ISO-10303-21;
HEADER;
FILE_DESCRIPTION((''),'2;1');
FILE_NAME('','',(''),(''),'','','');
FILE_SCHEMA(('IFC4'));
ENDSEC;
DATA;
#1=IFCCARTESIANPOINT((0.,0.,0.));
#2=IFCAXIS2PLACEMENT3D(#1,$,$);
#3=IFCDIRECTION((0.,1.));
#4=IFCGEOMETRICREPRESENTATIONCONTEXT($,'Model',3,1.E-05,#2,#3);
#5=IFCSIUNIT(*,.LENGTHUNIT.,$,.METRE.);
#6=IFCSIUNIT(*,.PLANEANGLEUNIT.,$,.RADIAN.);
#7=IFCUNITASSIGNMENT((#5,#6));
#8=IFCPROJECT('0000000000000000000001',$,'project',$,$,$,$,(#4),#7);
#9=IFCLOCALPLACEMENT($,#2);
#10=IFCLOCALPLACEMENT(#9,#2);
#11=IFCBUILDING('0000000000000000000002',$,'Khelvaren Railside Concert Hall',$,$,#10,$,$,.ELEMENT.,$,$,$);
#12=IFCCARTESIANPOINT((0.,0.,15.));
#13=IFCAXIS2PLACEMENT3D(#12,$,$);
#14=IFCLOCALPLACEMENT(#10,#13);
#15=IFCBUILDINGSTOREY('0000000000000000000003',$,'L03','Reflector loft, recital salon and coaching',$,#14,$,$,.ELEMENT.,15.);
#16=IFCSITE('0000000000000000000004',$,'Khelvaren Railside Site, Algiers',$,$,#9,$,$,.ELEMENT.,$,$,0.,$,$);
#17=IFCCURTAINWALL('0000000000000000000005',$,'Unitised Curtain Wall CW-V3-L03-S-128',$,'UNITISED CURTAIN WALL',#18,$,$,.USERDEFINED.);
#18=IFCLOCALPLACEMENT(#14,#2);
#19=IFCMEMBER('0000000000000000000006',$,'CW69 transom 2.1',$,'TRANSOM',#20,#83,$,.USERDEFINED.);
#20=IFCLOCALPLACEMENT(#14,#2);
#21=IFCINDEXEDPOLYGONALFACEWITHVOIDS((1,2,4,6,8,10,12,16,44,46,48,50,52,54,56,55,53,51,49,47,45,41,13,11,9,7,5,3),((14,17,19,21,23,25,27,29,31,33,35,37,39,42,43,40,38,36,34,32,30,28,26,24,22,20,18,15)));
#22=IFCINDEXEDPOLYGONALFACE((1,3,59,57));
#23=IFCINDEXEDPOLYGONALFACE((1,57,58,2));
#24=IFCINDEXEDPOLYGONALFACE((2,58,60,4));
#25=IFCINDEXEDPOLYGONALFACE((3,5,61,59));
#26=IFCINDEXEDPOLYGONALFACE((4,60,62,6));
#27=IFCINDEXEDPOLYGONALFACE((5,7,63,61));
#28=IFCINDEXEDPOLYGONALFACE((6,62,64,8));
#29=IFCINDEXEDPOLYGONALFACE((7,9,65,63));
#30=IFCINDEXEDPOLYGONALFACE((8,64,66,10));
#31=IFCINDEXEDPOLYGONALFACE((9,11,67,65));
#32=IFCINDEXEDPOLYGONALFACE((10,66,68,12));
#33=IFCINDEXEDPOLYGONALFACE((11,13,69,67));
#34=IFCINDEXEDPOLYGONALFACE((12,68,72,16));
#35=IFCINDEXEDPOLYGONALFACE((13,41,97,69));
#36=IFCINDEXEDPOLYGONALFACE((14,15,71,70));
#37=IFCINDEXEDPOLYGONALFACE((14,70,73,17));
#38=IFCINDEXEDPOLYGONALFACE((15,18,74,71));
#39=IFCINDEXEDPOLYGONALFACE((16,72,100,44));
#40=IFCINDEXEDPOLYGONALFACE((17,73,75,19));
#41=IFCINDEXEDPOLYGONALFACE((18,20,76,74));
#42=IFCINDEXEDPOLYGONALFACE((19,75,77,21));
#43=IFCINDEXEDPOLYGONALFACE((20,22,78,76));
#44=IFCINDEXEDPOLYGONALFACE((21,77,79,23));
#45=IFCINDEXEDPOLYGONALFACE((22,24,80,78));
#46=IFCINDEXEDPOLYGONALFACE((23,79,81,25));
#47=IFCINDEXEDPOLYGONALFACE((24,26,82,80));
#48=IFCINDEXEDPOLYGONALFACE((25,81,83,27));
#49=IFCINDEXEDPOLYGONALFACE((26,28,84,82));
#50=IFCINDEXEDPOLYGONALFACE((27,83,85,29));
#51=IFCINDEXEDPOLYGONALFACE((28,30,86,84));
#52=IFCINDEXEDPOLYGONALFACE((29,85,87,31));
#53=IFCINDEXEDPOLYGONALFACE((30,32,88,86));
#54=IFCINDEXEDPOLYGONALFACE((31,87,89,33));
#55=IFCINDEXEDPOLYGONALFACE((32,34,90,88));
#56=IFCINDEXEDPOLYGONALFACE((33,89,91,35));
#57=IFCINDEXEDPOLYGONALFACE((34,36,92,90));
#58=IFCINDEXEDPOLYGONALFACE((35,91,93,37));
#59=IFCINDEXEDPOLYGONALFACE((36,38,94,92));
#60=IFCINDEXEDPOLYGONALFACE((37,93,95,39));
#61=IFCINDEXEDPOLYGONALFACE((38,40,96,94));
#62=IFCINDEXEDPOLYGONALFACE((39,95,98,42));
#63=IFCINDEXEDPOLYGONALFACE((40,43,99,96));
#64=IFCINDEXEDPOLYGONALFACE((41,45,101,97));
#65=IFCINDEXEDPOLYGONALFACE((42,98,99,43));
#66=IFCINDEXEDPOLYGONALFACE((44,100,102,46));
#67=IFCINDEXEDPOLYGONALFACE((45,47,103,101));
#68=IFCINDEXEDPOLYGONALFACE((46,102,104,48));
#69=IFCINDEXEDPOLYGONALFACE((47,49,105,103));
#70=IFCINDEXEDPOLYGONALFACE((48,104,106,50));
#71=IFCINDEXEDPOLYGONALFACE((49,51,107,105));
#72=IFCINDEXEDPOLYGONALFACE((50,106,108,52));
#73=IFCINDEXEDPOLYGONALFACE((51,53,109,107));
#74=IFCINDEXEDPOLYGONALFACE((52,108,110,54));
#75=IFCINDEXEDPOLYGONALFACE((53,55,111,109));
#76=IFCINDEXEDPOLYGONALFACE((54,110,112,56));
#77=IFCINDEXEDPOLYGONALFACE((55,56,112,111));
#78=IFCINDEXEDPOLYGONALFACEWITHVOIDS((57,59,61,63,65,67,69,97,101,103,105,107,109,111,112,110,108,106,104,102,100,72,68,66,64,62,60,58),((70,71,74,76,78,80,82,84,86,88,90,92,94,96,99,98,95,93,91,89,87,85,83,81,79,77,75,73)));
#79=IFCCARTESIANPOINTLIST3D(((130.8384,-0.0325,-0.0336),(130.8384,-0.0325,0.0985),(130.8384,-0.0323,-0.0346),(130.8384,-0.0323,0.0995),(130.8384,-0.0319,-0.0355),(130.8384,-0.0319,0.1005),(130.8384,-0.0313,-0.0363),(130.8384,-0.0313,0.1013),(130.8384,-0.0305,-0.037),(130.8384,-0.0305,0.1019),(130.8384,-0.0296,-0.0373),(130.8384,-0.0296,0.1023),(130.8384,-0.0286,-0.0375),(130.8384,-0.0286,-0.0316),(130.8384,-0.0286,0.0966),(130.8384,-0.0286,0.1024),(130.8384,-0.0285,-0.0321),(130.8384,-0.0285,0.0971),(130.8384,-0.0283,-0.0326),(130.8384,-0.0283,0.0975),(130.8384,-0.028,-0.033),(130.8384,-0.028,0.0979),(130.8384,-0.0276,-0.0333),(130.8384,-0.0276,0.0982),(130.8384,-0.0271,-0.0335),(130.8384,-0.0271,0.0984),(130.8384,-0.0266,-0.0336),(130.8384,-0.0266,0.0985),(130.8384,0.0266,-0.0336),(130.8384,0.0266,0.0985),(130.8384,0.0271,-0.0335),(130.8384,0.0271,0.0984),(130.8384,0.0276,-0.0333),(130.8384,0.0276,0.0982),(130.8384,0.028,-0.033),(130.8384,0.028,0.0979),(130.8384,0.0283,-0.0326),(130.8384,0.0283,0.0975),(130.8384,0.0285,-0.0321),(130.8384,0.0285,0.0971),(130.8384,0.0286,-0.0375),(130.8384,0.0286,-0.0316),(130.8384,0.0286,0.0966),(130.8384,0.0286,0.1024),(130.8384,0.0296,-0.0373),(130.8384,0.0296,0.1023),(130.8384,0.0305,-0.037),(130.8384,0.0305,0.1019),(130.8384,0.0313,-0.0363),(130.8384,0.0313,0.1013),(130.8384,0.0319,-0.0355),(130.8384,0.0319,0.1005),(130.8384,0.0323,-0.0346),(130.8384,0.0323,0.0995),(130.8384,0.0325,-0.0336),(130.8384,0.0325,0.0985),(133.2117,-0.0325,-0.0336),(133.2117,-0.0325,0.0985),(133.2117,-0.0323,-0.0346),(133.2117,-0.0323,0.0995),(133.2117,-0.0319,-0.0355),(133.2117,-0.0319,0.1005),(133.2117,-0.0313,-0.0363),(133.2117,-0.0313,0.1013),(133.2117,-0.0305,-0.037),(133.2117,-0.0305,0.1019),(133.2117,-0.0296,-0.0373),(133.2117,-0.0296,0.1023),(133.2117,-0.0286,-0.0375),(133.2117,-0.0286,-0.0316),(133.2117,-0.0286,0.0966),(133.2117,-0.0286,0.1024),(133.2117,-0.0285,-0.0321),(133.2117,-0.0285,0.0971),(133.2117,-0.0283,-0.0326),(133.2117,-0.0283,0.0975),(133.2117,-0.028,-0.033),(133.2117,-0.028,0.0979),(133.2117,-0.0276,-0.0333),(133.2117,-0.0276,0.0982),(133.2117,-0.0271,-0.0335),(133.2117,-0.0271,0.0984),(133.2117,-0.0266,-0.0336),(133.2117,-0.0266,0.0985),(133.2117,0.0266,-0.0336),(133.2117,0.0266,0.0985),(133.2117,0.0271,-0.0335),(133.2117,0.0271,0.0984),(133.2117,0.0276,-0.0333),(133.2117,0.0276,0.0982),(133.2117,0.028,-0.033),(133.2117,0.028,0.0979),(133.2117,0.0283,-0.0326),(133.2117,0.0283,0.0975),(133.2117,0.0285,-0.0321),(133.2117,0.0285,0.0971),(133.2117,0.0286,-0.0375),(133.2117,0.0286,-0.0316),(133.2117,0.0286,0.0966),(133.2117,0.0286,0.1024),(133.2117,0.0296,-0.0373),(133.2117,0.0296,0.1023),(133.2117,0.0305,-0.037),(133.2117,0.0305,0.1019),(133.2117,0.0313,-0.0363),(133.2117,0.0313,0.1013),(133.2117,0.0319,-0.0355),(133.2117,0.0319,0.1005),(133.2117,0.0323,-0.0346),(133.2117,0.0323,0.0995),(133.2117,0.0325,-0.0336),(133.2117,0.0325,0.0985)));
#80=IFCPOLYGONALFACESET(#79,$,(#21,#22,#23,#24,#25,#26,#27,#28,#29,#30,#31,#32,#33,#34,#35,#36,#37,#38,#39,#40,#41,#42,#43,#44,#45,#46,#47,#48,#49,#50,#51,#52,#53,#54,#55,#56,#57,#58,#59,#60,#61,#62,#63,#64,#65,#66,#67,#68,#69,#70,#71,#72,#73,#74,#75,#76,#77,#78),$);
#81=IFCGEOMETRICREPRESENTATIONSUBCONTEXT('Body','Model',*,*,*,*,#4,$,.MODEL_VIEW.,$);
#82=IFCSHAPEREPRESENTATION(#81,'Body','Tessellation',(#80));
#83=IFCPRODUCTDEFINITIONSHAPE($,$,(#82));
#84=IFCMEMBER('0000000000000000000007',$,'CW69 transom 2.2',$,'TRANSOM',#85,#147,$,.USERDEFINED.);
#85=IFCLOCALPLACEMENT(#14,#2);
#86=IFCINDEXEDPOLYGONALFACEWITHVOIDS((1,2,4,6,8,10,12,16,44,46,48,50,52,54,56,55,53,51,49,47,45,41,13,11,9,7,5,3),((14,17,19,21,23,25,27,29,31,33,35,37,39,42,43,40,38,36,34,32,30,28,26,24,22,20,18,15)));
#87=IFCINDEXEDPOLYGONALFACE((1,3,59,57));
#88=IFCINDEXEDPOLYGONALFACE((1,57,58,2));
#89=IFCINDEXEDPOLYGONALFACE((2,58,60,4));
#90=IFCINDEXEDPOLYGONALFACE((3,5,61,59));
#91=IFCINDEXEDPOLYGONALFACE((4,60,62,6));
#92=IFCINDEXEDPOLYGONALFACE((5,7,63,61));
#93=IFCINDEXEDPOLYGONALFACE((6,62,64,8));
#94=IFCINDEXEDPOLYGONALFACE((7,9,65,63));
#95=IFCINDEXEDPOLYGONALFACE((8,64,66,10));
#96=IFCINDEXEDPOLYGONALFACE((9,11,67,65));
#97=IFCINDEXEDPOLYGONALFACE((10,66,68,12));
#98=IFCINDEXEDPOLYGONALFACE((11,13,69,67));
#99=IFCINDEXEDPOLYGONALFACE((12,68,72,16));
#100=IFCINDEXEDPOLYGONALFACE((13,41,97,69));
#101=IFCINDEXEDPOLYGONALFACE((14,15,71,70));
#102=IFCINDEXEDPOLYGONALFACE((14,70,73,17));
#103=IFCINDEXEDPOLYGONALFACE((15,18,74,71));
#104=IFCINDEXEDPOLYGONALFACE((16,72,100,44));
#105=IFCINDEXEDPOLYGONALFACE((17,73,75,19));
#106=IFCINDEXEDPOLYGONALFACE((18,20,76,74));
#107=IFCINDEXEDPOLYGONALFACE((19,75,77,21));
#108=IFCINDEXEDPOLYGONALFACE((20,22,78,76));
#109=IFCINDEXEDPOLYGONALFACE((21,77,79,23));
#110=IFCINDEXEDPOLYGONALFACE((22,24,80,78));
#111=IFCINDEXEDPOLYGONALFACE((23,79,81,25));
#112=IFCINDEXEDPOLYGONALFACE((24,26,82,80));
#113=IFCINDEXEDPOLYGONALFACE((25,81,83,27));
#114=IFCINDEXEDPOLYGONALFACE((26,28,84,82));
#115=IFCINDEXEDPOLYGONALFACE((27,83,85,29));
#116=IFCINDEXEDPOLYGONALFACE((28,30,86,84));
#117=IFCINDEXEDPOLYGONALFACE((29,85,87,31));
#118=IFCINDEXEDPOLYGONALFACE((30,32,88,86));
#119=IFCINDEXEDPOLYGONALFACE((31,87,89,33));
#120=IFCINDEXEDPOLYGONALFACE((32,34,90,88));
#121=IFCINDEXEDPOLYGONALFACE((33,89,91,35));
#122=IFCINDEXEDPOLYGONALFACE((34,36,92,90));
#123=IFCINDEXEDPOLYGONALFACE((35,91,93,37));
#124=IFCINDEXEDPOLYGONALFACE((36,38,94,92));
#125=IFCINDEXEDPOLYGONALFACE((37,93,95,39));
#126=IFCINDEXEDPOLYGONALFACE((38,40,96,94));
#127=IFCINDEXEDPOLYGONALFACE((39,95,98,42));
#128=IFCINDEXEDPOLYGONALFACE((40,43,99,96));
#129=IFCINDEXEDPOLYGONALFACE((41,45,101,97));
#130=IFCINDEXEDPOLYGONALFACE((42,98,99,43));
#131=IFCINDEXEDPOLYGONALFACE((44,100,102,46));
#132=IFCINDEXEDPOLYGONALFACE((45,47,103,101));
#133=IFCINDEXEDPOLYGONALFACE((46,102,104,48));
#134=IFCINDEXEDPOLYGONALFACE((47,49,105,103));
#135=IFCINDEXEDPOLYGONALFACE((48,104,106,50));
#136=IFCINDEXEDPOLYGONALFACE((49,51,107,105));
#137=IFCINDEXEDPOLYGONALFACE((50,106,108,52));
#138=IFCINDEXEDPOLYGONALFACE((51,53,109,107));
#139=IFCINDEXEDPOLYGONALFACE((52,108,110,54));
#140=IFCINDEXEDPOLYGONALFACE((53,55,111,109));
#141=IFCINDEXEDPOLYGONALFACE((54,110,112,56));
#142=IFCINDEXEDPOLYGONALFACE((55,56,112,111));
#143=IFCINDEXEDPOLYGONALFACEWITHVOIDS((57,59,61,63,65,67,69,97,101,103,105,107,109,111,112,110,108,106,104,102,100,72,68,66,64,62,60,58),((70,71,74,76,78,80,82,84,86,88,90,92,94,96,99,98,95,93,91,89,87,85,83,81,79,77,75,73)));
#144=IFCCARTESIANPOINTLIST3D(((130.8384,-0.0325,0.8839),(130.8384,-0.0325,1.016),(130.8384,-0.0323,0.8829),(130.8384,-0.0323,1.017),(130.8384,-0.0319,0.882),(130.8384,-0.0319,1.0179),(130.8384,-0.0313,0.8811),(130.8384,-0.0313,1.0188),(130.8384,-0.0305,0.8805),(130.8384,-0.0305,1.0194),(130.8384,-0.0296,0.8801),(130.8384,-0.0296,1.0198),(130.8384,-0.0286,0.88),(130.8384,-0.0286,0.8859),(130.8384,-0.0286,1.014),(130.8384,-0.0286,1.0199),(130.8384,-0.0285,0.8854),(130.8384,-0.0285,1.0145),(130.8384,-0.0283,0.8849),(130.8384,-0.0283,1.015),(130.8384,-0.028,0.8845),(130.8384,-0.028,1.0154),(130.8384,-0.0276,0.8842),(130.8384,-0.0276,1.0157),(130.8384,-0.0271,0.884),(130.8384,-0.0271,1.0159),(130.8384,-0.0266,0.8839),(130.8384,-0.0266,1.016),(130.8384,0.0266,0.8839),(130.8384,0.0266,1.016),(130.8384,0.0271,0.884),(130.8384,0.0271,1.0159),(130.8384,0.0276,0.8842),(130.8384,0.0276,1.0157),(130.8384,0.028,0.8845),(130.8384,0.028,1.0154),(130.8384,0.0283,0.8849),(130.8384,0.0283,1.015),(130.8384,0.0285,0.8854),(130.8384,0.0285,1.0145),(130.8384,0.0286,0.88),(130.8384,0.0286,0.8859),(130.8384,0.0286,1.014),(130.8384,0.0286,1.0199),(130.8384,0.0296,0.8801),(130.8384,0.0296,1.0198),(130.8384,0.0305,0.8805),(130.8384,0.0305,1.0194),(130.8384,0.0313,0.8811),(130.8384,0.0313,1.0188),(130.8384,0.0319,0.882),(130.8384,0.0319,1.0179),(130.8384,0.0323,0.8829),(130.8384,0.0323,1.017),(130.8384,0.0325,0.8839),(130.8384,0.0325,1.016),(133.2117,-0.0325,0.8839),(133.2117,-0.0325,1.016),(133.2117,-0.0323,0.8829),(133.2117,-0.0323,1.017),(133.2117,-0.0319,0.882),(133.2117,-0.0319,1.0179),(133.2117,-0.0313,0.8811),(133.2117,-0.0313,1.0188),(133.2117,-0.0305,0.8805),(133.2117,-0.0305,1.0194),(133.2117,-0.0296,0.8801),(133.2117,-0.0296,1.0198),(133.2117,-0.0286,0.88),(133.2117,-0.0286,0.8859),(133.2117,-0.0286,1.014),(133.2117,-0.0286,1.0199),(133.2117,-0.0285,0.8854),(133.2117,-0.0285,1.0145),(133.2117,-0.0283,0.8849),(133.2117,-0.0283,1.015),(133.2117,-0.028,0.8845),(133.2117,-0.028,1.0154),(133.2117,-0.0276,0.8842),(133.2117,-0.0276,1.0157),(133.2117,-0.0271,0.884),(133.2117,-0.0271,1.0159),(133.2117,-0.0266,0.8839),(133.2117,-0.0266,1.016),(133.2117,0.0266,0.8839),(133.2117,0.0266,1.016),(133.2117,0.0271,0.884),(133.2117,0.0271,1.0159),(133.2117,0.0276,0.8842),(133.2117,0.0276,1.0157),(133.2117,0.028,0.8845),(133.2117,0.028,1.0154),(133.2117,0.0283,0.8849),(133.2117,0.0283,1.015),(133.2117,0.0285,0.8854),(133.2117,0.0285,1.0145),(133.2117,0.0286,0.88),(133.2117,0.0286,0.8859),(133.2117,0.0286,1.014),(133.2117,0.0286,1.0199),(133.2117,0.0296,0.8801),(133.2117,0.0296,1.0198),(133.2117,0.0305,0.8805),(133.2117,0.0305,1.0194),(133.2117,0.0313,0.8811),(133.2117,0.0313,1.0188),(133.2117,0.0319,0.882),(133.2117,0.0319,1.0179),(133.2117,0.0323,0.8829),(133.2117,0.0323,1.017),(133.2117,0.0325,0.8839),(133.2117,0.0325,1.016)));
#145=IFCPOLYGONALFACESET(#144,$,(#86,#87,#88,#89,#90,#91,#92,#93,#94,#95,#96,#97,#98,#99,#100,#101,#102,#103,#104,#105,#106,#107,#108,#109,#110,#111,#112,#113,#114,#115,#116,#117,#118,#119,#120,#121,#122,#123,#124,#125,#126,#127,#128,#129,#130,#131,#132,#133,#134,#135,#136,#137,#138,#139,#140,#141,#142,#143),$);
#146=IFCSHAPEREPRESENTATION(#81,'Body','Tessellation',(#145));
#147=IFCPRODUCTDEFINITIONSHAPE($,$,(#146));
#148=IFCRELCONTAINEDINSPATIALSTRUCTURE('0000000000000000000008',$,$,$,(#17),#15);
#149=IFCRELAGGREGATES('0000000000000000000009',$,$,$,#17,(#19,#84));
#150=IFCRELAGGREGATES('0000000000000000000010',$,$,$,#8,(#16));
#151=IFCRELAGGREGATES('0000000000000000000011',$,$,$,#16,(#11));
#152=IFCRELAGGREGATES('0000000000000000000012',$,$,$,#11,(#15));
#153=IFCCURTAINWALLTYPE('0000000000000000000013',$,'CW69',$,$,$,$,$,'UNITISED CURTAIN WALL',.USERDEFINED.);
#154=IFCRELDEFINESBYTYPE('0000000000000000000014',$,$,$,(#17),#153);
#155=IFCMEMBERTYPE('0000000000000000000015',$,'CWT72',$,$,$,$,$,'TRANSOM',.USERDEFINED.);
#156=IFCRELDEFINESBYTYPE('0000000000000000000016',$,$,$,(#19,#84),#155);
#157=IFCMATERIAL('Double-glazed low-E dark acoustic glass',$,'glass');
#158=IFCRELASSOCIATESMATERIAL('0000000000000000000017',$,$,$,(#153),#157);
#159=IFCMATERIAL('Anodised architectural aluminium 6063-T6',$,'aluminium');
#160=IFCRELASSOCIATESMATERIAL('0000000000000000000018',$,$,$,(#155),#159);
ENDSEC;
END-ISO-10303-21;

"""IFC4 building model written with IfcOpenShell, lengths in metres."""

from ifc_helpers import new_model, si_unit, direction, frame, origin, origin_2d, place, context, subcontext, project, spatial, hollow_rectangle, extrude, material, material_profile, profile_set, type_object, element, aggregate, save


model = new_model("IFC4")

# Units and contexts
model_context = context("Model", 3, precision=1e-05, world=origin(), true_north=direction((0.0, 1.0)))
body_context = subcontext(model_context, "Body", "Model", "MODEL_VIEW")
ifc_project = project(units=[si_unit("LENGTHUNIT", "METRE"), si_unit("PLANEANGLEUNIT", "RADIAN")], contexts=[model_context])

# Site, building, storey
site_placement = place(None, origin())
site = spatial("IfcSite", under=ifc_project, at=site_placement, Name="Khelvaren Railside Site, Algiers", CompositionType="ELEMENT", RefElevation=0.0)
building_placement = place(site_placement, origin())
building = spatial("IfcBuilding", under=site, at=building_placement, Name="Khelvaren Railside Concert Hall", CompositionType="ELEMENT")
storey_placement = place(building_placement, frame((0.0, 0.0, 15.0)))
storey = spatial("IfcBuildingStorey", under=building, at=storey_placement, Name="L03", Description="Reflector loft, recital salon and coaching", CompositionType="ELEMENT", Elevation=15.0)

# Curtain wall, members
ifc_material_1 = material(Name="Double-glazed low-E dark acoustic glass", Category="glass")
curtain_wall_type = type_object("IfcCurtainWallType", Name="CW69", ElementType="UNITISED CURTAIN WALL", PredefinedType="USERDEFINED", material=ifc_material_1)
curtain_wall_placement = place(storey_placement, origin())
curtain_wall = element("IfcCurtainWall", 1, at=curtain_wall_placement, inside=storey, type_object=curtain_wall_type, Name="Unitised Curtain Wall CW-V3-L03-S-128", ObjectType="UNITISED CURTAIN WALL", PredefinedType="USERDEFINED")
ifc_material_2 = material(Name="Anodised architectural aluminium 6063-T6", Category="aluminium")
ifc_material_profile_1 = material_profile(ifc_material_2, hollow_rectangle(XDim=0.0649, YDim=0.1399, WallThickness=0.0039, InnerFilletRadius=0.002, OuterFilletRadius=0.0039, at=origin_2d()), Name="CWT 65x140x4")
ifc_profile_set_1 = profile_set([ifc_material_profile_1], Name="Anodised architectural aluminium 6063-T6")
member_type_1 = type_object("IfcMemberType", Name="CWT72", ElementType="TRANSOM", PredefinedType="USERDEFINED", material=ifc_profile_set_1)
member_1_placement = place(storey_placement, frame((133.2117, 0.0, 0.0325), z_axis=(-1.0, 0.0, 0.0), x_axis=(0.0, -1.0, 0.0)))
member_1 = element("IfcMember", 2, at=member_1_placement, type_object=member_type_1, Name="CW69 transom 2.1", ObjectType="TRANSOM", PredefinedType="USERDEFINED", context=body_context, shape_type="SweptSolid", body=[
    extrude(hollow_rectangle(XDim=0.0649, YDim=0.1399, WallThickness=0.0039, InnerFilletRadius=0.002, OuterFilletRadius=0.0039, at=origin_2d()), origin(), (0.0, 0.0, 1.0), 2.3733),
])
member_2_placement = place(storey_placement, frame((133.2117, 0.0, 0.95), z_axis=(-1.0, 0.0, 0.0), x_axis=(0.0, -1.0, 0.0)))
member_2 = element("IfcMember", 3, at=member_2_placement, type_object=member_type_1, Name="CW69 transom 2.2", ObjectType="TRANSOM", PredefinedType="USERDEFINED", context=body_context, shape_type="SweptSolid", body=[
    extrude(hollow_rectangle(XDim=0.0649, YDim=0.1399, WallThickness=0.0039, InnerFilletRadius=0.002, OuterFilletRadius=0.0039, at=origin_2d()), origin(), (0.0, 0.0, 1.0), 2.3733),
])

aggregate(curtain_wall, [member_1, member_2])

save(model, "model.ifc")
